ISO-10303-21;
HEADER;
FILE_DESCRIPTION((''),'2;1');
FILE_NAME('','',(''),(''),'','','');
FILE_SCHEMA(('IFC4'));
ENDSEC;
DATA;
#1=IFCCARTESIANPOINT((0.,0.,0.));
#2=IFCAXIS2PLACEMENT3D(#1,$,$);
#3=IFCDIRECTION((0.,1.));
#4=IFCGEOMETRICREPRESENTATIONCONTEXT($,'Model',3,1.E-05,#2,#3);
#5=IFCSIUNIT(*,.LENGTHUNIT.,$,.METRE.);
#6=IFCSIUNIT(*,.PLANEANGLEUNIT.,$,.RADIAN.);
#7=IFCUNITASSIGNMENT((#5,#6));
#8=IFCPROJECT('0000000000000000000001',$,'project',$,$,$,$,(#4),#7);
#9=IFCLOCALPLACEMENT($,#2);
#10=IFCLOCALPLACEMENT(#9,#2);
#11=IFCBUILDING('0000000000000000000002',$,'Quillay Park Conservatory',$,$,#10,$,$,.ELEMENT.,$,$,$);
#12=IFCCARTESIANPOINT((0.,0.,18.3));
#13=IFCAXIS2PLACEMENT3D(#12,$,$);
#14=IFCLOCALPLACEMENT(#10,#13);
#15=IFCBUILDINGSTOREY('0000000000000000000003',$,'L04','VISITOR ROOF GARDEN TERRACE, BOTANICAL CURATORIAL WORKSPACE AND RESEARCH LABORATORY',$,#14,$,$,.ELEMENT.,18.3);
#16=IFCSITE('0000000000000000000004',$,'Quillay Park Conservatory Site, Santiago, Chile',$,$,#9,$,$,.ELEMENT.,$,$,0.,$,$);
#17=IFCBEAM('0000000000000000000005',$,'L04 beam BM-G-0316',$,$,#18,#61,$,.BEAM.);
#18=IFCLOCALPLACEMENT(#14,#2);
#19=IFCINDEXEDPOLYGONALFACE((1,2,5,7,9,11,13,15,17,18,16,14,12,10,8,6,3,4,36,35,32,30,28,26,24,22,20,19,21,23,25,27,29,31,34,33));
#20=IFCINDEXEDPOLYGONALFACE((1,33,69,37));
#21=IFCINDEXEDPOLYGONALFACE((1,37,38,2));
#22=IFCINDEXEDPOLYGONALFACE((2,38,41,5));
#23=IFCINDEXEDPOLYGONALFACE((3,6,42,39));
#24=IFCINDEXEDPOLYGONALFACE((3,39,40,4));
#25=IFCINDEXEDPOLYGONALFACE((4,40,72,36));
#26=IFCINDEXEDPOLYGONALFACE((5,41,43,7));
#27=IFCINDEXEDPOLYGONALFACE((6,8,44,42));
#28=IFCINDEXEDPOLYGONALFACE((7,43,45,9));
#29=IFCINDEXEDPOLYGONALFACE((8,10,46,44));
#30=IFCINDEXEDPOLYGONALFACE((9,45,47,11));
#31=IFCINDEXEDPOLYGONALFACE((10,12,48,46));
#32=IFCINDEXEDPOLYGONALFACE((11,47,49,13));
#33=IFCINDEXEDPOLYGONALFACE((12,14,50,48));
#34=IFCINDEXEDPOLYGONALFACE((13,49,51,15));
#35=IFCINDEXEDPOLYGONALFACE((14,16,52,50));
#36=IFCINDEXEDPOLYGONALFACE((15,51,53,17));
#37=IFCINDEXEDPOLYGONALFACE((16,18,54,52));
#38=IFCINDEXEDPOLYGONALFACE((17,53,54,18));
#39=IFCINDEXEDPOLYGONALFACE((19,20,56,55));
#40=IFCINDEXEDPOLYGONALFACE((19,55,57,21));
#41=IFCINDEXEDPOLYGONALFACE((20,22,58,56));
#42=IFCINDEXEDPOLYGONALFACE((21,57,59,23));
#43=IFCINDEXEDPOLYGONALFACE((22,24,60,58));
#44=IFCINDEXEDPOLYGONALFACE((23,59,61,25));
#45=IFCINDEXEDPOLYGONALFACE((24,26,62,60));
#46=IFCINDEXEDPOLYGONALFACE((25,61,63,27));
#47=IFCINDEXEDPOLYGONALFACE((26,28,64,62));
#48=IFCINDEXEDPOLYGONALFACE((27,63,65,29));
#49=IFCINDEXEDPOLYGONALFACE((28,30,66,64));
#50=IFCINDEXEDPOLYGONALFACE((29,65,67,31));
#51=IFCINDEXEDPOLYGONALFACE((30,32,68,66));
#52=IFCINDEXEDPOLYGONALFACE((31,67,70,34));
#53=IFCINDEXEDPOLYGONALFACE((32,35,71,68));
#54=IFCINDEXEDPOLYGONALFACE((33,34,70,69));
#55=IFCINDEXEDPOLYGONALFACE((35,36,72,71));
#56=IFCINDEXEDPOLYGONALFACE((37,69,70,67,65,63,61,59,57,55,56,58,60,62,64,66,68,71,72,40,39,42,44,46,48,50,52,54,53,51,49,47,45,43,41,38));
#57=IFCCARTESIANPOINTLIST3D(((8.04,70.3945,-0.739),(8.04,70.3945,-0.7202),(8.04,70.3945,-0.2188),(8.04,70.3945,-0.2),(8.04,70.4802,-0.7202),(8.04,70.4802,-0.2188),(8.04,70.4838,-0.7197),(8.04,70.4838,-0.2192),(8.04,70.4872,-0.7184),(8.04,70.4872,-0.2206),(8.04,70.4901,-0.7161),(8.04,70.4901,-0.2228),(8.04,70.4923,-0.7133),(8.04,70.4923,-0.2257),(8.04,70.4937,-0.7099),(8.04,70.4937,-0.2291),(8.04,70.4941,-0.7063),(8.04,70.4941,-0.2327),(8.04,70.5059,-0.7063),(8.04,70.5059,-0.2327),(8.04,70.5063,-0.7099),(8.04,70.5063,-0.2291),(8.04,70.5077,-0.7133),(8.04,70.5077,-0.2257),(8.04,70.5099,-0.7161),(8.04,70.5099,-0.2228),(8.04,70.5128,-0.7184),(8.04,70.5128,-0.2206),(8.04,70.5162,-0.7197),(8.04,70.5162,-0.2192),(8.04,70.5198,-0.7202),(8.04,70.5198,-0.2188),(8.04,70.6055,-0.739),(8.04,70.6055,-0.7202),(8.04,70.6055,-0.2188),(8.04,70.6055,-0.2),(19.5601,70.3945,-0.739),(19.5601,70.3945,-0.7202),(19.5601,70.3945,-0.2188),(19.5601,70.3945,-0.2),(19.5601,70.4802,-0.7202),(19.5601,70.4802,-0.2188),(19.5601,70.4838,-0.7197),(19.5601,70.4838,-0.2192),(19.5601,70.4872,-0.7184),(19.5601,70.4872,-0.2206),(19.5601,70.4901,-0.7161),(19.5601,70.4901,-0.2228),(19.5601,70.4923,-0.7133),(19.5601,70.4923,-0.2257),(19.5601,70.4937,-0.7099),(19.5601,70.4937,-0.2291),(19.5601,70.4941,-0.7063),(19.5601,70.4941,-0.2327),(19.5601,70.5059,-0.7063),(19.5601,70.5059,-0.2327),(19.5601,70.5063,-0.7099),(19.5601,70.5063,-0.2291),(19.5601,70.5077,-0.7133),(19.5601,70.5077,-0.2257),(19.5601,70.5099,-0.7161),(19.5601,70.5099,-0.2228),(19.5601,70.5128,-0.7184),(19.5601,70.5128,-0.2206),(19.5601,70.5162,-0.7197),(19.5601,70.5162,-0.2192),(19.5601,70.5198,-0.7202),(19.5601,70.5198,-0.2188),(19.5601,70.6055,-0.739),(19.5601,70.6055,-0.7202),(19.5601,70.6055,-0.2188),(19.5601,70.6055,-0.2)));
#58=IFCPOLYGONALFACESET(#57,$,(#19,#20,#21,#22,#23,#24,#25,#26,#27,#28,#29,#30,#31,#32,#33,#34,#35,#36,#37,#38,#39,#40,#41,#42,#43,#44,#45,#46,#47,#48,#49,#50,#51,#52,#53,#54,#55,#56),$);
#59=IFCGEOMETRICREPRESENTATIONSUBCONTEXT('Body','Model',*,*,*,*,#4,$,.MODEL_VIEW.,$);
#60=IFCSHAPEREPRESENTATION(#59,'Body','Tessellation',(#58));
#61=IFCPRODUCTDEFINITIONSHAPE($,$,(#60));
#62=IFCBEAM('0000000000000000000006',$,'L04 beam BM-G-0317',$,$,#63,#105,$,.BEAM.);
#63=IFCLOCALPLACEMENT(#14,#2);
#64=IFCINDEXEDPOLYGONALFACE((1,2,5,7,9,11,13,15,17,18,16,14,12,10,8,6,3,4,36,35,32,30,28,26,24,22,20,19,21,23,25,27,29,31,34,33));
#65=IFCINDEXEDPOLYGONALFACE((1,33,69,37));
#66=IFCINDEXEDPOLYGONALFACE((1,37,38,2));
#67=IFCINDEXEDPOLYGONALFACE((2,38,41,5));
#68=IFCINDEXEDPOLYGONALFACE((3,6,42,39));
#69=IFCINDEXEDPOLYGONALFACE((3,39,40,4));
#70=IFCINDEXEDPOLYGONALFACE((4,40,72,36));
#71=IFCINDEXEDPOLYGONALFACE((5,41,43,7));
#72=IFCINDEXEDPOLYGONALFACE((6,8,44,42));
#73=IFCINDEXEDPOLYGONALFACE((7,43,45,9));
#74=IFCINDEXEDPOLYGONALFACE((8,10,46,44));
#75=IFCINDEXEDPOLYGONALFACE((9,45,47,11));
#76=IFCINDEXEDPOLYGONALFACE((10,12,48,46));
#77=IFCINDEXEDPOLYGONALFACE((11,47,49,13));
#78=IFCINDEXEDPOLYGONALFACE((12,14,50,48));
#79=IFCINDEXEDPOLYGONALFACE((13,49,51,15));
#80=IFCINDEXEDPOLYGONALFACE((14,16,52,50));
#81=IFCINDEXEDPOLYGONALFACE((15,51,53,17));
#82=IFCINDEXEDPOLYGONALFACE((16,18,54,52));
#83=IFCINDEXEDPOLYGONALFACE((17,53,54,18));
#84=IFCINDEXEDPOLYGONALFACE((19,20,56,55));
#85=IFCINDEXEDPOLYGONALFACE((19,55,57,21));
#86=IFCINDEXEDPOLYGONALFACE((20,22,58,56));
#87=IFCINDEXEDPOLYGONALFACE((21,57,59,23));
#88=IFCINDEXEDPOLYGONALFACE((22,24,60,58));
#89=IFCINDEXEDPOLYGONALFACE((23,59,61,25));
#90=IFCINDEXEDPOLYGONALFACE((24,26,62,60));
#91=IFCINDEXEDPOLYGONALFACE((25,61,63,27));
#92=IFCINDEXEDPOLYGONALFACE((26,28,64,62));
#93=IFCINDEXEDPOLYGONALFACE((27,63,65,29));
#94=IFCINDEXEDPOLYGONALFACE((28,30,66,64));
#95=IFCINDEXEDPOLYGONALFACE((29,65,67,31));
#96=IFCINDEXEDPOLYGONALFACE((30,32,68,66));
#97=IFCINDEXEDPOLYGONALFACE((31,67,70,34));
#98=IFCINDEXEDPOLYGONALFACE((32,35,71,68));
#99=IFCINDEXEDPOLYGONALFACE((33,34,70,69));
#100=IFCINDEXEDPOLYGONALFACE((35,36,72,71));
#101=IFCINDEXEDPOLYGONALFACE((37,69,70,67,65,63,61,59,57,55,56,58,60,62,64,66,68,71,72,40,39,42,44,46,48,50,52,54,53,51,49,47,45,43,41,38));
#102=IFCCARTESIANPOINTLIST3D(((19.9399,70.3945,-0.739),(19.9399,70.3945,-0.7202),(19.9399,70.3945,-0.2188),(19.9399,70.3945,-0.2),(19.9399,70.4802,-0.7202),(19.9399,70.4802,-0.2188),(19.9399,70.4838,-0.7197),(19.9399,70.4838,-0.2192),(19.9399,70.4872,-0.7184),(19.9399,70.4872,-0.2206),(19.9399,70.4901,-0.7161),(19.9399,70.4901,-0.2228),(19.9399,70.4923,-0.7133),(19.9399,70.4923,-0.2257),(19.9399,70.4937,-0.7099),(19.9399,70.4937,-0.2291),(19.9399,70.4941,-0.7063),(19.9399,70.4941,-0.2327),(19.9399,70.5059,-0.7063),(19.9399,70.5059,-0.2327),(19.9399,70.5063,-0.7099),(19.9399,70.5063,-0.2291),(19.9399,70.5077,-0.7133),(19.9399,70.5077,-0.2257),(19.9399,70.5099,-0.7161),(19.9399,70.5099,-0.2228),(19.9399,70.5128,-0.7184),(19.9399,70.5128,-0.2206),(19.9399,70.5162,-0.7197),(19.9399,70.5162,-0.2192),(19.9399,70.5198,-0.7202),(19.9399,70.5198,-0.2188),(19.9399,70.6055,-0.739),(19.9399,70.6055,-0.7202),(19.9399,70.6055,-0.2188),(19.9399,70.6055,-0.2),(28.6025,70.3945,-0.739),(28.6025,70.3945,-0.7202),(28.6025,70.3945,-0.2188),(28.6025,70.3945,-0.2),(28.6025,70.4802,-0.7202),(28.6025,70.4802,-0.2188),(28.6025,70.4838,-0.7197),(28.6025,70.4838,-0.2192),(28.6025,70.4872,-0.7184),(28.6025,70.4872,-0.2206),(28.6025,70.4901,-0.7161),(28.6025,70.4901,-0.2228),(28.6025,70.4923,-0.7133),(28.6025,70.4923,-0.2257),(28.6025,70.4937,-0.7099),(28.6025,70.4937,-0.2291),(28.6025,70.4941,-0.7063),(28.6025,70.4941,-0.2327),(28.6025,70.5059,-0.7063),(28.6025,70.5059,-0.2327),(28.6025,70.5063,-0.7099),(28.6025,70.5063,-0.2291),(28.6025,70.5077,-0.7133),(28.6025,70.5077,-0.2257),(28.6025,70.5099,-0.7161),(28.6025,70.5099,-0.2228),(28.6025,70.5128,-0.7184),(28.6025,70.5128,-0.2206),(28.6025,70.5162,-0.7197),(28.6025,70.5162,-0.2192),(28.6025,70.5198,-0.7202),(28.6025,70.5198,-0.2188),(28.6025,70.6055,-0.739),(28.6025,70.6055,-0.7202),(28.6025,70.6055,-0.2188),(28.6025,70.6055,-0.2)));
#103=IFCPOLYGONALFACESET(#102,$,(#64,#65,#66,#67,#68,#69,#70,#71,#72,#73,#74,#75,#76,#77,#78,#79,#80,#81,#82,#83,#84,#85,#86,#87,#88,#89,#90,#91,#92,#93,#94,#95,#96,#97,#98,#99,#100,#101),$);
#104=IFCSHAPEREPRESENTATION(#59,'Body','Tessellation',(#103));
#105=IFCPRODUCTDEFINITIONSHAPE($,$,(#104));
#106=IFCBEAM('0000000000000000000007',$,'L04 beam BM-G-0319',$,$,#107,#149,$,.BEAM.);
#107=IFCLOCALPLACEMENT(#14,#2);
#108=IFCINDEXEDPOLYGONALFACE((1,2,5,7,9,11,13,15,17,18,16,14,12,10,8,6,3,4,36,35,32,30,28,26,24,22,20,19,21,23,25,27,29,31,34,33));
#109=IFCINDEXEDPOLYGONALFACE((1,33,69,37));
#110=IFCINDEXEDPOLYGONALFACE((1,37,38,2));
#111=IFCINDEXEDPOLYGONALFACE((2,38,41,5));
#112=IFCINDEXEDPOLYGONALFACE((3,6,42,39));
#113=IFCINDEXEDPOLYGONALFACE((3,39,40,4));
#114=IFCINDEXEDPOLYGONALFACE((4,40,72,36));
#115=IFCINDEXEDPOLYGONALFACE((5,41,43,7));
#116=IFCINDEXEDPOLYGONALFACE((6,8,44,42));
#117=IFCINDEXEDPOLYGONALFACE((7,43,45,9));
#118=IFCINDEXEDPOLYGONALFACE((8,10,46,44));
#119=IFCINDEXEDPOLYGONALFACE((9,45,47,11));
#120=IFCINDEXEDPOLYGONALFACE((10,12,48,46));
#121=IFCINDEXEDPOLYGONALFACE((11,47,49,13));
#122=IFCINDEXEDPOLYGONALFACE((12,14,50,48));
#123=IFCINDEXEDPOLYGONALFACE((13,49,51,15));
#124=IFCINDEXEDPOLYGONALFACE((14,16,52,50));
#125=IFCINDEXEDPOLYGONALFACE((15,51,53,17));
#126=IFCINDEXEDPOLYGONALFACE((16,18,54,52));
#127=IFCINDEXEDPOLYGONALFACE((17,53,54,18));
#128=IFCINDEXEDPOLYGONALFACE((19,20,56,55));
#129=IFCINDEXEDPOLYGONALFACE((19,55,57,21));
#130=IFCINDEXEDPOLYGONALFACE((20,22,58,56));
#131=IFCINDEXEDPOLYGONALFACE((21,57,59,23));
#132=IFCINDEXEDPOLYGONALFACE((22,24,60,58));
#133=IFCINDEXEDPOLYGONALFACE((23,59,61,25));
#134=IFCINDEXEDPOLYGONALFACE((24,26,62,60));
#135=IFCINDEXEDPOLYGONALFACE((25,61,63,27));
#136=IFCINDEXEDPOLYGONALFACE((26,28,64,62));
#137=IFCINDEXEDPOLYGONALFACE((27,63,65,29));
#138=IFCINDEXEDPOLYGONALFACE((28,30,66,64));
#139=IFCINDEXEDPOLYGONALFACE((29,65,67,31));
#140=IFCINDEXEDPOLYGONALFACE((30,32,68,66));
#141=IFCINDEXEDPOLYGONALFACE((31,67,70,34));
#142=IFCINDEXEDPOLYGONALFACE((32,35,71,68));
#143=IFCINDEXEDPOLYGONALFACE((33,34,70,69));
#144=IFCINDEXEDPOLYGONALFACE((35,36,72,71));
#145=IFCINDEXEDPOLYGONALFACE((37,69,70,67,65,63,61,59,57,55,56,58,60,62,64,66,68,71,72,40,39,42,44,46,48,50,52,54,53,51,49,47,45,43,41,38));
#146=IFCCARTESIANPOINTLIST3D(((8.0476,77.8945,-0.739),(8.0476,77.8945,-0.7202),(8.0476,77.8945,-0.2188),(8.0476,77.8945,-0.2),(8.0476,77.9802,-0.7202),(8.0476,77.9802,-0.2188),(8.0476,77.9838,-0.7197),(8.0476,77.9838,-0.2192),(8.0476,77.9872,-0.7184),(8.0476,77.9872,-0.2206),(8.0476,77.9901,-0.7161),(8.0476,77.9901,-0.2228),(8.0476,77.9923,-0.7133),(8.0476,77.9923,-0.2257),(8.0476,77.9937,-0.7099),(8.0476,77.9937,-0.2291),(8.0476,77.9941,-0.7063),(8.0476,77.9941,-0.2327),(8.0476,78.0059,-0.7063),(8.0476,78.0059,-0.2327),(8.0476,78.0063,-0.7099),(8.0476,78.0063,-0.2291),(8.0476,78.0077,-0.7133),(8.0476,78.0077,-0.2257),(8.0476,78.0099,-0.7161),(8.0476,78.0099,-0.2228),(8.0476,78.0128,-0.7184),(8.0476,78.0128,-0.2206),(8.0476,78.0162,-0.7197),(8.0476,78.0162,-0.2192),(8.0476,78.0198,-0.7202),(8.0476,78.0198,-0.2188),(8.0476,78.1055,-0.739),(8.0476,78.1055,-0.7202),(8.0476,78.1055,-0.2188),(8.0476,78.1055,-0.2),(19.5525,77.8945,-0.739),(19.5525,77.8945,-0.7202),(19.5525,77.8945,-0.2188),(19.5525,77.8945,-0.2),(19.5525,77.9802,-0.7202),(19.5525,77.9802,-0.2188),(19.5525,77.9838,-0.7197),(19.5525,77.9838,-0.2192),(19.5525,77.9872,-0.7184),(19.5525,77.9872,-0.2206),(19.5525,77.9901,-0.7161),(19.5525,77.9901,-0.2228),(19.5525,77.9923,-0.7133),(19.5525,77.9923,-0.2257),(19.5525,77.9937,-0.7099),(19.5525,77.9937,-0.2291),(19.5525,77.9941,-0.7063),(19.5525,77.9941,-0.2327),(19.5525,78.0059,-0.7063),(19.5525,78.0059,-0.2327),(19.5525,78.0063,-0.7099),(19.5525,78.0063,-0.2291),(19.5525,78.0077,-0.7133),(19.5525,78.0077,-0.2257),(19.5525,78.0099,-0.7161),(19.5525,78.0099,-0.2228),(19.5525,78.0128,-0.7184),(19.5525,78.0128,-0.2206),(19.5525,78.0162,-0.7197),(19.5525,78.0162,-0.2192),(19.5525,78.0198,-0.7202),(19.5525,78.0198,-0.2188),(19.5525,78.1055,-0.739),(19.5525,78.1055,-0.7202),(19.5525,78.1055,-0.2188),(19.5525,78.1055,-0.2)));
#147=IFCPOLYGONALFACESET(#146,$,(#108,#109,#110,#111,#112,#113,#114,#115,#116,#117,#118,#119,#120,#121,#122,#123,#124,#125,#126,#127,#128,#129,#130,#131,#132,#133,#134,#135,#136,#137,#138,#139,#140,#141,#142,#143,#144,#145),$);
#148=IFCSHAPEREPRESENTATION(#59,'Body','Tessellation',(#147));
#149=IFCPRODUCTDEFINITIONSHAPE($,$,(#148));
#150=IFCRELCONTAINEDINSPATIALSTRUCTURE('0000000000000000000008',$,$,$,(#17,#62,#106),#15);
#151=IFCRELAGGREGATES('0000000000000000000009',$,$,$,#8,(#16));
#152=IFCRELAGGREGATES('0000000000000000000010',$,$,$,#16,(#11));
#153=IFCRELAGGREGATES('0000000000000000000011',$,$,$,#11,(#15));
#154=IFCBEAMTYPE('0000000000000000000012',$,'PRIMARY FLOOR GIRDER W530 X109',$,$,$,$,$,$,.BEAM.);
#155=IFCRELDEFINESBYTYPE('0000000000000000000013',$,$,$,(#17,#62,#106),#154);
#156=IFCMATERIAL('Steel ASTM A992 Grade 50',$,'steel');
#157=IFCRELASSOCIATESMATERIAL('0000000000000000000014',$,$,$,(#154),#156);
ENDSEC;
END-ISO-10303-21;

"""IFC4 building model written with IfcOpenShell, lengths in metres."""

from ifc_helpers import new_model, si_unit, direction, frame, origin, origin_2d, place, context, subcontext, project, spatial, i_section, extrude, material, material_profile, profile_set, type_object, element, save


model = new_model("IFC4")

# Units and contexts
model_context = context("Model", 3, precision=1e-05, world=origin(), true_north=direction((0.0, 1.0)))
body_context = subcontext(model_context, "Body", "Model", "MODEL_VIEW")
ifc_project = project(units=[si_unit("LENGTHUNIT", "METRE"), si_unit("PLANEANGLEUNIT", "RADIAN")], contexts=[model_context])

# Site, building, storey
site_placement = place(None, origin())
site = spatial("IfcSite", under=ifc_project, at=site_placement, Name="Quillay Park Conservatory Site, Santiago, Chile", CompositionType="ELEMENT", RefElevation=0.0)
building_placement = place(site_placement, origin())
building = spatial("IfcBuilding", under=site, at=building_placement, Name="Quillay Park Conservatory", CompositionType="ELEMENT")
storey_placement = place(building_placement, frame((0.0, 0.0, 18.3)))
storey = spatial("IfcBuildingStorey", under=building, at=storey_placement, Name="L04", Description="VISITOR ROOF GARDEN TERRACE, BOTANICAL CURATORIAL WORKSPACE AND RESEARCH LABORATORY", CompositionType="ELEMENT", Elevation=18.3)

# Beams
ifc_material_1 = material(Name="Steel ASTM A992 Grade 50", Category="steel")
ifc_material_profile_1 = material_profile(ifc_material_1, i_section(OverallWidth=0.2109, OverallDepth=0.5391, WebThickness=0.0117, FlangeThickness=0.0188, FilletRadius=0.0139, at=origin_2d()), Name="W530x109")
ifc_profile_set_1 = profile_set([ifc_material_profile_1], Name="Steel ASTM A992 Grade 50")
beam_type_1 = type_object("IfcBeamType", Name="PRIMARY FLOOR GIRDER W530 X109", PredefinedType="BEAM", material=ifc_profile_set_1)
beam_1_placement = place(storey_placement, frame((8.04, 70.5, -0.4695), z_axis=(1.0, 0.0, 0.0), x_axis=(0.0, 1.0, 0.0)))
element("IfcBeam", 1, at=beam_1_placement, inside=storey, type_object=beam_type_1, Name="L04 beam BM-G-0316", PredefinedType="BEAM", context=body_context, shape_type="SweptSolid", body=[
    extrude(i_section(OverallWidth=0.2109, OverallDepth=0.5391, WebThickness=0.0117, FlangeThickness=0.0188, FilletRadius=0.0139, at=origin_2d()), origin(), (0.0, 0.0, 1.0), 11.52),
])
beam_2_placement = place(storey_placement, frame((19.9399, 70.5, -0.4695), z_axis=(1.0, 0.0, 0.0), x_axis=(0.0, 1.0, 0.0)))
element("IfcBeam", 2, at=beam_2_placement, inside=storey, type_object=beam_type_1, Name="L04 beam BM-G-0317", PredefinedType="BEAM", context=body_context, shape_type="SweptSolid", body=[
    extrude(i_section(OverallWidth=0.2109, OverallDepth=0.5391, WebThickness=0.0117, FlangeThickness=0.0188, FilletRadius=0.0139, at=origin_2d()), origin(), (0.0, 0.0, 1.0), 8.6626),
])
beam_3_placement = place(storey_placement, frame((8.0476, 78.0, -0.4695), z_axis=(1.0, 0.0, 0.0), x_axis=(0.0, 1.0, 0.0)))
element("IfcBeam", 3, at=beam_3_placement, inside=storey, type_object=beam_type_1, Name="L04 beam BM-G-0319", PredefinedType="BEAM", context=body_context, shape_type="SweptSolid", body=[
    extrude(i_section(OverallWidth=0.2109, OverallDepth=0.5391, WebThickness=0.0117, FlangeThickness=0.0188, FilletRadius=0.0139, at=origin_2d()), origin(), (0.0, 0.0, 1.0), 11.5049),
])

save(model, "model.ifc")
